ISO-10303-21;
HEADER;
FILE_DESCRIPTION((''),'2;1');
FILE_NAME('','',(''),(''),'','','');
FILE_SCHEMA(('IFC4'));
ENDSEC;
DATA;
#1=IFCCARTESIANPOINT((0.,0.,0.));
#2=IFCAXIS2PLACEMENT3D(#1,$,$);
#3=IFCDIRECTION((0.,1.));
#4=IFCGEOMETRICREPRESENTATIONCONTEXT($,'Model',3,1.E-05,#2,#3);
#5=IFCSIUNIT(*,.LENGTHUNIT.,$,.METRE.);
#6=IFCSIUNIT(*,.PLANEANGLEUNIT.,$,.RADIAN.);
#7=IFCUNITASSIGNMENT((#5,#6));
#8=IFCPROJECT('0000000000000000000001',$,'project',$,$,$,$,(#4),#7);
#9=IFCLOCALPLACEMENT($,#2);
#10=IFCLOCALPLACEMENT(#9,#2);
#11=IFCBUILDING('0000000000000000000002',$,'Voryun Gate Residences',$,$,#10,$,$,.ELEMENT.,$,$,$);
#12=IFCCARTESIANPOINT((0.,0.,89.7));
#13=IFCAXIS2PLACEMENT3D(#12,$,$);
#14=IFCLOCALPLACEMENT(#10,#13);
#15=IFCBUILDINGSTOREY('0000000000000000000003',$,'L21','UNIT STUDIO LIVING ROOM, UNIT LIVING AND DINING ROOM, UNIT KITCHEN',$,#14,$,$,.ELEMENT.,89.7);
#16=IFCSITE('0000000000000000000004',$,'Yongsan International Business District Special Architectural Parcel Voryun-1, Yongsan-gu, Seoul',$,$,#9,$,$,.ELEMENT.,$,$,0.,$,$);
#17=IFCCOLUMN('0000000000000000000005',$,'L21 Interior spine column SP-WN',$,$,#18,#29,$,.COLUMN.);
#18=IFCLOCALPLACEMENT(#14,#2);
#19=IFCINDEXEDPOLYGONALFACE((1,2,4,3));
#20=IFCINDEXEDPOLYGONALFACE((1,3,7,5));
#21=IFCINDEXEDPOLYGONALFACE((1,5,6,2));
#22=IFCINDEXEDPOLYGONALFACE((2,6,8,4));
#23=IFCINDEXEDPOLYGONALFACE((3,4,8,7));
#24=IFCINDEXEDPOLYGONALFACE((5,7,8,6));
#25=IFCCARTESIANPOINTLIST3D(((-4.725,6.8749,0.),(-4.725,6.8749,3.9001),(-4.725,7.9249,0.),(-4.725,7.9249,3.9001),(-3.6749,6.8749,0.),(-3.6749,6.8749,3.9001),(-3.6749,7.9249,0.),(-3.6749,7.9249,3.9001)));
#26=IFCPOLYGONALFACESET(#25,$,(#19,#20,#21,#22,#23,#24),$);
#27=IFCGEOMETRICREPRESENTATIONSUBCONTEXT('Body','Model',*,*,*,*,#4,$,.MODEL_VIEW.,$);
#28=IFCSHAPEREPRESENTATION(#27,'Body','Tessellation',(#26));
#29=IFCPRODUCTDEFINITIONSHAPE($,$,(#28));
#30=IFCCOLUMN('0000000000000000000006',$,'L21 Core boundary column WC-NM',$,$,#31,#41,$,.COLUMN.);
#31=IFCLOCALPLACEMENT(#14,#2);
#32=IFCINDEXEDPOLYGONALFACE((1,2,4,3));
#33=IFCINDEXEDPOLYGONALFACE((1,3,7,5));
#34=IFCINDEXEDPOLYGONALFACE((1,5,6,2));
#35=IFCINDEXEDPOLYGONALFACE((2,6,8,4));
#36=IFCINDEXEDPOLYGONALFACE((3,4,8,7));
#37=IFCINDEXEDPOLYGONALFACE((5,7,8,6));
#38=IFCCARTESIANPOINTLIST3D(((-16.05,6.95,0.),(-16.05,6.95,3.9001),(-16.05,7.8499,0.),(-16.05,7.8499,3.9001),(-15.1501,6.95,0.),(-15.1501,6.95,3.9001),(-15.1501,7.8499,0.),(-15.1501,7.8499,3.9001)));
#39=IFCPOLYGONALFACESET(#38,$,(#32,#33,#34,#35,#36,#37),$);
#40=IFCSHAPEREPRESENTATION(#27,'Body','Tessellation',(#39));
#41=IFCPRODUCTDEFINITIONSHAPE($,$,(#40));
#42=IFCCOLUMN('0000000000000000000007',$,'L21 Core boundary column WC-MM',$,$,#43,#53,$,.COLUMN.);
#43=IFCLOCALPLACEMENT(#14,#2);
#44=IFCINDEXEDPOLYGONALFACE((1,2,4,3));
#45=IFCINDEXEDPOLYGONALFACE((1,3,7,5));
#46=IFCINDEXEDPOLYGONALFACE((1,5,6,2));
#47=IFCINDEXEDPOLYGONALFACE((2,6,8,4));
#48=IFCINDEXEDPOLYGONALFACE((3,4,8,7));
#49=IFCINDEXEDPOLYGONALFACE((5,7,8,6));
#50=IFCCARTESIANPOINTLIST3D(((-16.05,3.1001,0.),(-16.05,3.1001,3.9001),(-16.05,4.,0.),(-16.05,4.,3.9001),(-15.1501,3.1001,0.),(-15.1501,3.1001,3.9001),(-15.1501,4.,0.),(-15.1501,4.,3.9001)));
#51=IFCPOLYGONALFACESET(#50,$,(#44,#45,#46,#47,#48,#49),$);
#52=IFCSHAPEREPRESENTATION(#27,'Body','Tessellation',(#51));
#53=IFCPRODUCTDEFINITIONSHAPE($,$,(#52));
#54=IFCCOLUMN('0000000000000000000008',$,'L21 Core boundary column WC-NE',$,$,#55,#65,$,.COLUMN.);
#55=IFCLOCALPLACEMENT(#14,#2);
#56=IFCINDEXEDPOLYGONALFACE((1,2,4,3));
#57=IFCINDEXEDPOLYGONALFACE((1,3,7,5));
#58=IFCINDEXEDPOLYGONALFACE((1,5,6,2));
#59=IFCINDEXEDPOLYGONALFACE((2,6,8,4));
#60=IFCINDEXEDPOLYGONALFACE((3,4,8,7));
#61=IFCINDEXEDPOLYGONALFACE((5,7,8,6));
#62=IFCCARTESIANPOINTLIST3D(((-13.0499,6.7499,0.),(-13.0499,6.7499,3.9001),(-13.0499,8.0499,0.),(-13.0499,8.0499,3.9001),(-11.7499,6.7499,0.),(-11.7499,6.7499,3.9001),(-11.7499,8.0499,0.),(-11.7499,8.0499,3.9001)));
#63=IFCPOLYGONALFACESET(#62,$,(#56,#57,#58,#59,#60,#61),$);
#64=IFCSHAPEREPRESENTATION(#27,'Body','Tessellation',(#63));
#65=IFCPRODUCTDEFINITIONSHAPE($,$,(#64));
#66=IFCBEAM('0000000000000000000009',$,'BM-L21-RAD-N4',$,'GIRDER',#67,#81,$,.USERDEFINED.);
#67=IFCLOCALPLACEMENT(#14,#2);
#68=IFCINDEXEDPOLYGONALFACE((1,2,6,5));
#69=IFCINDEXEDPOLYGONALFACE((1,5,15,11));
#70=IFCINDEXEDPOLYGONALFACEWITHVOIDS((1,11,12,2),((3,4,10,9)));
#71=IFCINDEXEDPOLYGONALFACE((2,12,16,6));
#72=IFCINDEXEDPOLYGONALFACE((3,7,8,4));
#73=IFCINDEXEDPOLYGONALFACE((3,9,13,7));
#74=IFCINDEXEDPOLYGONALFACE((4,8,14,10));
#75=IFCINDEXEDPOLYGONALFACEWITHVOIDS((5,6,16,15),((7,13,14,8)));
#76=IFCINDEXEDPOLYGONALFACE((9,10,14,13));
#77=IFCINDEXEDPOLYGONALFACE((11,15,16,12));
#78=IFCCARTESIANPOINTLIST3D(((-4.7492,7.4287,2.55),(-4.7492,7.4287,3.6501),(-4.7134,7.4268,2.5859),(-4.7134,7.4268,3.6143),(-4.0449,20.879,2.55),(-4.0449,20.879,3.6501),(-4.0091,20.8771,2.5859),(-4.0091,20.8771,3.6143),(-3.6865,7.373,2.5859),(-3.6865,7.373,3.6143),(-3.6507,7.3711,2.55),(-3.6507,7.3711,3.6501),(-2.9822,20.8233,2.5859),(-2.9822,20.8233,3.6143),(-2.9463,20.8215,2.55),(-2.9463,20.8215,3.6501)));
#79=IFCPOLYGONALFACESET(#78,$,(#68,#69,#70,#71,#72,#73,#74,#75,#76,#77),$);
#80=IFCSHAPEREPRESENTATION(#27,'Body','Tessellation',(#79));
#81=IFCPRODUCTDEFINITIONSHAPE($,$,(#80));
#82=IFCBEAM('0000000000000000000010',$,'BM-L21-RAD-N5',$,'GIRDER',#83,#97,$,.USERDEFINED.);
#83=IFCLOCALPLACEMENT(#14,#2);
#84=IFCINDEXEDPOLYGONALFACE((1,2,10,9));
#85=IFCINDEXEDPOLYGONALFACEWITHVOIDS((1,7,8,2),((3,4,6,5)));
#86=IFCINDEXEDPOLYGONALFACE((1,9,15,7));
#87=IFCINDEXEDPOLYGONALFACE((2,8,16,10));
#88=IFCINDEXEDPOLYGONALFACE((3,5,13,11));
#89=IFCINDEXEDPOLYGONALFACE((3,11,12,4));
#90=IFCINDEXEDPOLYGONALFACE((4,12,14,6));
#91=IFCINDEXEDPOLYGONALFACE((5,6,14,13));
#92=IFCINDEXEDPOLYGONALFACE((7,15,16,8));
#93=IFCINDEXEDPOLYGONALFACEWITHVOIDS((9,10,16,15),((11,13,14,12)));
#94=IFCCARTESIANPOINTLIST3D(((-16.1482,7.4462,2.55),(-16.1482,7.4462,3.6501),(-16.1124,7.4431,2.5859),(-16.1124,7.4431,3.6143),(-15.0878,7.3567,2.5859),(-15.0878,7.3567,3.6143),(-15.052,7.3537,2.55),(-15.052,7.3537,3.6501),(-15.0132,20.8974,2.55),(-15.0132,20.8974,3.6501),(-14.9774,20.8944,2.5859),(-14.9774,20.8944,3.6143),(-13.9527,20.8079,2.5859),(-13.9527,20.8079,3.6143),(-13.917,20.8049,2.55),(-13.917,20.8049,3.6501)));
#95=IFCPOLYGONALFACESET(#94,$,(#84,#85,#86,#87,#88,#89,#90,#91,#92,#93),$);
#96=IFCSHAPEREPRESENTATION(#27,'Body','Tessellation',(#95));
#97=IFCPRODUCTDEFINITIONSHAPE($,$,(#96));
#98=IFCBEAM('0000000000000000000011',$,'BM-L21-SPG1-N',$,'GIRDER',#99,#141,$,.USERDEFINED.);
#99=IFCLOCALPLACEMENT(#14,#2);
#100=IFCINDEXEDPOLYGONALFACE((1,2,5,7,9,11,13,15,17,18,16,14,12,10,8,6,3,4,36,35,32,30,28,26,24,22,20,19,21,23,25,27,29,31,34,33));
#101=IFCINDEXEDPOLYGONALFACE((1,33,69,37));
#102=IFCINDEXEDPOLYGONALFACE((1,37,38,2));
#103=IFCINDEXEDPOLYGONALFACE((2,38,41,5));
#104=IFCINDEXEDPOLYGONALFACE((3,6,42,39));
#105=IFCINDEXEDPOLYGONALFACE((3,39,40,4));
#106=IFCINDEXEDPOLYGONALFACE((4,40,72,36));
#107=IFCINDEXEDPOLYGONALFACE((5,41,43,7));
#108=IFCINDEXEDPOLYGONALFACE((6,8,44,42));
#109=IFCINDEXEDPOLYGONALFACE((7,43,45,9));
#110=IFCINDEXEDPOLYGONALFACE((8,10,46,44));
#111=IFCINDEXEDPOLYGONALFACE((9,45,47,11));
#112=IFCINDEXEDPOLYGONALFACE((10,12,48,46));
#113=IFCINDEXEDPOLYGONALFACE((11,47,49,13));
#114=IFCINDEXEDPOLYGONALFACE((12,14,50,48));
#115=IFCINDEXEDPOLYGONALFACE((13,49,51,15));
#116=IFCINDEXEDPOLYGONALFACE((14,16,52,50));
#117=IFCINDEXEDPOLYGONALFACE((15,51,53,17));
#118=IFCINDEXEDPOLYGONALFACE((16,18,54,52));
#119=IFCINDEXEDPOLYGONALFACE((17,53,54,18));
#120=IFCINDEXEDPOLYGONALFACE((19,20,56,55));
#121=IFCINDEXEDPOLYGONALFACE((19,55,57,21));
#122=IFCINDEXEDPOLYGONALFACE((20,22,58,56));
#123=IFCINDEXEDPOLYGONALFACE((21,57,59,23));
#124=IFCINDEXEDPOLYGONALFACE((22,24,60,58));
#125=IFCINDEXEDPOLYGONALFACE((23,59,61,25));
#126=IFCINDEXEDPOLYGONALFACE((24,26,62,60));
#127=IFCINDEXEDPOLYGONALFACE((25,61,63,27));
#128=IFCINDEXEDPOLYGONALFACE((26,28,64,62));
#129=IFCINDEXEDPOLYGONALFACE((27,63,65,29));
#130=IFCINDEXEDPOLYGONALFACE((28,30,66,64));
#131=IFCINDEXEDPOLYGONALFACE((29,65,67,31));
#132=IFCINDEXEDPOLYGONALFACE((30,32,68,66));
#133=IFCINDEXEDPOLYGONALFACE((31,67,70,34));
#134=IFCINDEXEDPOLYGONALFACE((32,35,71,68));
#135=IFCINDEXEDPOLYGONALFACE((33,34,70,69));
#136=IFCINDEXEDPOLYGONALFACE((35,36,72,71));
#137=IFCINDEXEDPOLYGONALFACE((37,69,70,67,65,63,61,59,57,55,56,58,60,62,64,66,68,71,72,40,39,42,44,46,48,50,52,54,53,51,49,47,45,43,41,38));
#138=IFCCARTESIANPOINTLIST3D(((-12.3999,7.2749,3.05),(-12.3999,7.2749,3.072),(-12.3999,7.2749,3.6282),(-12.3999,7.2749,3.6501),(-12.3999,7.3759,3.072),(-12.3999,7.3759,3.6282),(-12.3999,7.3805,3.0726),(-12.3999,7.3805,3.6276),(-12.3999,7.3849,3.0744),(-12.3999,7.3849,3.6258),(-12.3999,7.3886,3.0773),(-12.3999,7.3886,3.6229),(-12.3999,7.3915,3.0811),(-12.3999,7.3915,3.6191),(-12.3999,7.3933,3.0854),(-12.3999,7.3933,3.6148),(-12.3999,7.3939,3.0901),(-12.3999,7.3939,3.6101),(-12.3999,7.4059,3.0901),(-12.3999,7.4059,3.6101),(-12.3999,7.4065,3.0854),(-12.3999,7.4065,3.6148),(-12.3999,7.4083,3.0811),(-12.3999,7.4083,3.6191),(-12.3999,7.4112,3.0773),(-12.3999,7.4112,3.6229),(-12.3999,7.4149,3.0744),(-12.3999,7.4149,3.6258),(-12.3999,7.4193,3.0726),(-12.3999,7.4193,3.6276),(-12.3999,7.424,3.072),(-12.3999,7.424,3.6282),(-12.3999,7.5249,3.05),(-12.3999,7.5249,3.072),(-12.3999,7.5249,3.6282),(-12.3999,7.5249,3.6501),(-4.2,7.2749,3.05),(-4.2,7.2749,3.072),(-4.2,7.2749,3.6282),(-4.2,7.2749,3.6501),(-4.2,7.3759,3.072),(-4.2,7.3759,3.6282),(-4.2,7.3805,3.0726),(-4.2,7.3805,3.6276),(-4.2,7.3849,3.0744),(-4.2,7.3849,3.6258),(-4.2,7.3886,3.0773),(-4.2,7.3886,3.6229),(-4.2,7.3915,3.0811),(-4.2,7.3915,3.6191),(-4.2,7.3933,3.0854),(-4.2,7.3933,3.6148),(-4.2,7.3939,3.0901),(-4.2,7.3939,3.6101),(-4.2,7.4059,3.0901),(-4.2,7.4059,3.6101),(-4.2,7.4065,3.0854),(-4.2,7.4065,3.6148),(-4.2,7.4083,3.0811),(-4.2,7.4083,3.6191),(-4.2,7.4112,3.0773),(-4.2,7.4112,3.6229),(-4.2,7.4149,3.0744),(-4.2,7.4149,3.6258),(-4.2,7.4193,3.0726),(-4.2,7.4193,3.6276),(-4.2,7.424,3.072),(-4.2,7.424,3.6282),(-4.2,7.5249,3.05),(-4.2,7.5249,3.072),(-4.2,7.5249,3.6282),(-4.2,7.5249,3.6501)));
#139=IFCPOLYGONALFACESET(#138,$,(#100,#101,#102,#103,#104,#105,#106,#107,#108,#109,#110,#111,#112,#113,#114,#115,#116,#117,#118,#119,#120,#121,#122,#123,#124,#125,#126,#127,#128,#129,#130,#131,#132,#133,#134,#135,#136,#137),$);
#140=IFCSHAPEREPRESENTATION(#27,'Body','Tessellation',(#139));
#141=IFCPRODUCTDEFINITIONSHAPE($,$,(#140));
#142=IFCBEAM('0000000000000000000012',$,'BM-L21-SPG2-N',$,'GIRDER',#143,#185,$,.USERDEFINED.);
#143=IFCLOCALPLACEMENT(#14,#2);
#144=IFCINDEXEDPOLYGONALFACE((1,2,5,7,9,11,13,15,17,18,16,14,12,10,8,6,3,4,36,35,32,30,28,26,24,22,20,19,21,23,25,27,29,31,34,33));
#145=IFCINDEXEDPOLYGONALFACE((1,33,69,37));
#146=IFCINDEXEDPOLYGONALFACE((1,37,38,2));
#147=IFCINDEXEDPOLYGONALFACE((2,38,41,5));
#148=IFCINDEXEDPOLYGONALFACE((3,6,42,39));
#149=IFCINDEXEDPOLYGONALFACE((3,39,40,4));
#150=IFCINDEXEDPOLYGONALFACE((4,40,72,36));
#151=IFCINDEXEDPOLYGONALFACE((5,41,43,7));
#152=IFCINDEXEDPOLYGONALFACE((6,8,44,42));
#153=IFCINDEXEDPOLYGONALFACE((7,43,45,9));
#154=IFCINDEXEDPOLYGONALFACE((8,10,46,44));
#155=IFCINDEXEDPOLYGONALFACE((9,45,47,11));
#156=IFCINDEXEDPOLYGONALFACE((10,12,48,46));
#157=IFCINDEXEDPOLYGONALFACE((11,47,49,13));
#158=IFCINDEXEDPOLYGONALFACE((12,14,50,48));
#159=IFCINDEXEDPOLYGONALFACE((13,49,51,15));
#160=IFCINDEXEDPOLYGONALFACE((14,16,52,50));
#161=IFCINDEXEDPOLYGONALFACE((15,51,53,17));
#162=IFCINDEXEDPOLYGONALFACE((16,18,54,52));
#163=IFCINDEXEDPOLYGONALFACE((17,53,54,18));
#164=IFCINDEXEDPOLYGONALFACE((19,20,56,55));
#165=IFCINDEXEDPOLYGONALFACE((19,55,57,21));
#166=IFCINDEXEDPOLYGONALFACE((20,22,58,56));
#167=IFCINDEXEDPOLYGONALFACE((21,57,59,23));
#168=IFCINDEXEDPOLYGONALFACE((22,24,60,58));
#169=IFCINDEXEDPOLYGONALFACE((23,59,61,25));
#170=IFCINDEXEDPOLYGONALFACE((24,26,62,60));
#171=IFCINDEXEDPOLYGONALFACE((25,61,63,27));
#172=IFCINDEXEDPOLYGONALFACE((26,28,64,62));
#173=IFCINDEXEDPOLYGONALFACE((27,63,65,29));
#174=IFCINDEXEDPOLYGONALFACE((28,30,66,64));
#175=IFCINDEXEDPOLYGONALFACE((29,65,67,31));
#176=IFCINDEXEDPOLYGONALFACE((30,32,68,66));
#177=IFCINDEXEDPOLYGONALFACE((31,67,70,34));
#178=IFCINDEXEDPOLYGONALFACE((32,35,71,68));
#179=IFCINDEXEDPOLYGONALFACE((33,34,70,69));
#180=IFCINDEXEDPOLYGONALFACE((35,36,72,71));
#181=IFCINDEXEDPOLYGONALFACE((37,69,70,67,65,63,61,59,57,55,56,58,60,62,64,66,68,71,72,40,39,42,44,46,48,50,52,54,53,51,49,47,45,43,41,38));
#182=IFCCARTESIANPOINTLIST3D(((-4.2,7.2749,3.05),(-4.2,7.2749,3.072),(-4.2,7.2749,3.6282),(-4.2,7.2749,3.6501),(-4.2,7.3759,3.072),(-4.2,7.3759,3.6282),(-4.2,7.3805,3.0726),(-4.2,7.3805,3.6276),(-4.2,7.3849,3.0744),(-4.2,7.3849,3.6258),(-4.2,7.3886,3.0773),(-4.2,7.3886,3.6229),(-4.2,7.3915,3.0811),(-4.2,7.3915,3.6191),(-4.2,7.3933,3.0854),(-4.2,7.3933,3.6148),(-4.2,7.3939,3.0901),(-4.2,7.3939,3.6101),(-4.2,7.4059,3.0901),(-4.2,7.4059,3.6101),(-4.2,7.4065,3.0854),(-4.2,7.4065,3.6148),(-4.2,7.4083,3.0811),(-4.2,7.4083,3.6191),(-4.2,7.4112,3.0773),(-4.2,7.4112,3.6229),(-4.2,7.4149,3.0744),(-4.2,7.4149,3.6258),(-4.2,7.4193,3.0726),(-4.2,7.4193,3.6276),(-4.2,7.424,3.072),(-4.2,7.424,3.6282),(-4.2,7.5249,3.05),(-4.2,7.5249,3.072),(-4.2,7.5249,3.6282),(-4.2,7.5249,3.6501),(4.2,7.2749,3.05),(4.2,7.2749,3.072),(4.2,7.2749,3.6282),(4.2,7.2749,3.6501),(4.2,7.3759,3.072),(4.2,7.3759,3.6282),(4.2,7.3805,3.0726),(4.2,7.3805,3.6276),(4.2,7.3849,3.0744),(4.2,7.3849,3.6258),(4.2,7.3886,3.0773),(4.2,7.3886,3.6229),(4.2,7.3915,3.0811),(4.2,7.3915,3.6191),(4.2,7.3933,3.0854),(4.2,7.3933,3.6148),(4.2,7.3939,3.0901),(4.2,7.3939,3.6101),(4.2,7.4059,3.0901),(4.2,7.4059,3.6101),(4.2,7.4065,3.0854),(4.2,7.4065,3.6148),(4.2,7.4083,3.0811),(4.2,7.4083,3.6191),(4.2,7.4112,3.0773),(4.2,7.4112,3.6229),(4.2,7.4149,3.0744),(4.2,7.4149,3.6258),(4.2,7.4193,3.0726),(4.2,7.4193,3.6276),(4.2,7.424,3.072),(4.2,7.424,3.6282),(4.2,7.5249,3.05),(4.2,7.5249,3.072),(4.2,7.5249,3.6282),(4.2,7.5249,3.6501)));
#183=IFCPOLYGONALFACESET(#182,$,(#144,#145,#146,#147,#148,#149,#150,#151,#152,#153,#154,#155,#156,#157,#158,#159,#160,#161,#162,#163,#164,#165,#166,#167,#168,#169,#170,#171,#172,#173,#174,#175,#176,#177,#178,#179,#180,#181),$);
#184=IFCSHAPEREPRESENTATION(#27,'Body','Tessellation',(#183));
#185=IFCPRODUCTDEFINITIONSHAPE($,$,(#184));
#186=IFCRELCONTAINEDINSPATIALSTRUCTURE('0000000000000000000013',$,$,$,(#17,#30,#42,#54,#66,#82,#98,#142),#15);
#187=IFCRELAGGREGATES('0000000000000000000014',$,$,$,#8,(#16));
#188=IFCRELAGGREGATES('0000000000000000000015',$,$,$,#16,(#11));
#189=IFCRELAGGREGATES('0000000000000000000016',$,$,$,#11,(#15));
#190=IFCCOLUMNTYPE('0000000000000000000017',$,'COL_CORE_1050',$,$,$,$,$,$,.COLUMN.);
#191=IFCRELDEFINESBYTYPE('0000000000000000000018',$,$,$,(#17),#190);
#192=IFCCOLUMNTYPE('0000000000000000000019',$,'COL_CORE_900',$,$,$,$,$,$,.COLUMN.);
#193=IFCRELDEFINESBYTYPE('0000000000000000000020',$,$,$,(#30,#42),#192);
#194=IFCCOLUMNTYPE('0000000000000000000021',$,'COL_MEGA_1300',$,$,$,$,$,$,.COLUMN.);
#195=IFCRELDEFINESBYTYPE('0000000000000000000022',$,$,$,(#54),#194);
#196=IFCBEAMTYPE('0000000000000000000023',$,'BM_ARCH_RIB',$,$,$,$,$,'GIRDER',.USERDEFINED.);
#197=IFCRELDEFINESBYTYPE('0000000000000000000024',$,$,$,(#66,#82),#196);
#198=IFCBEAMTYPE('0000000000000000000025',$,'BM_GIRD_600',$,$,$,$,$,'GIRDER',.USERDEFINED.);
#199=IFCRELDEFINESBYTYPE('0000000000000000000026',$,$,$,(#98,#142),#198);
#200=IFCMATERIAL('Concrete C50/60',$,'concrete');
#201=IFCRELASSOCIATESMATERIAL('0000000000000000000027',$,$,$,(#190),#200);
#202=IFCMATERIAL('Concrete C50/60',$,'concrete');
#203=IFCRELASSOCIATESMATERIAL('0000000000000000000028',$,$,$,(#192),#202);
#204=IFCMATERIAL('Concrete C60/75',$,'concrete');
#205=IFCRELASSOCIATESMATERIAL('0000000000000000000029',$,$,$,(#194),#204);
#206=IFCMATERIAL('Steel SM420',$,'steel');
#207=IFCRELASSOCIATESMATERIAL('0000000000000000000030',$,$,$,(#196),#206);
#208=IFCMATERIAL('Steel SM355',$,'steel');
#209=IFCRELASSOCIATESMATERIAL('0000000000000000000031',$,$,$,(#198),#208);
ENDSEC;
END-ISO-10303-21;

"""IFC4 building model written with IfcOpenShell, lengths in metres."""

from ifc_helpers import new_model, si_unit, direction, frame, origin, origin_2d, place, context, subcontext, project, spatial, rectangle, hollow_rectangle, i_section, extrude, material, material_profile, profile_set, type_object, element, save


model = new_model("IFC4")

# Units and contexts
model_context = context("Model", 3, precision=1e-05, world=origin(), true_north=direction((0.0, 1.0)))
body_context = subcontext(model_context, "Body", "Model", "MODEL_VIEW")
ifc_project = project(units=[si_unit("LENGTHUNIT", "METRE"), si_unit("PLANEANGLEUNIT", "RADIAN")], contexts=[model_context])

# Site, building, storey
site_placement = place(None, origin())
site = spatial("IfcSite", under=ifc_project, at=site_placement, Name="Yongsan International Business District Special Architectural Parcel Voryun-1, Yongsan-gu, Seoul", CompositionType="ELEMENT", RefElevation=0.0)
building_placement = place(site_placement, origin())
building = spatial("IfcBuilding", under=site, at=building_placement, Name="Voryun Gate Residences", CompositionType="ELEMENT")
storey_placement = place(building_placement, frame((0.0, 0.0, 89.7)))
storey = spatial("IfcBuildingStorey", under=building, at=storey_placement, Name="L21", Description="UNIT STUDIO LIVING ROOM, UNIT LIVING AND DINING ROOM, UNIT KITCHEN", CompositionType="ELEMENT", Elevation=89.7)

# Columns
ifc_material_1 = material(Name="Concrete C50/60", Category="concrete")
ifc_material_profile_1 = material_profile(ifc_material_1, rectangle(XDim=1.05, YDim=1.05, at=origin_2d()), Name="RC-1050x1050")
ifc_profile_set_1 = profile_set([ifc_material_profile_1], Name="Concrete C50/60")
column_type_1 = type_object("IfcColumnType", Name="COL_CORE_1050", PredefinedType="COLUMN", material=ifc_profile_set_1)
column_1_placement = place(storey_placement, frame((-4.2, 7.3999, 0.0), z_axis=(0.0, 0.0, 1.0), x_axis=(1.0, 0.0, 0.0)))
element("IfcColumn", 1, at=column_1_placement, inside=storey, type_object=column_type_1, Name="L21 Interior spine column SP-WN", PredefinedType="COLUMN", context=body_context, shape_type="SweptSolid", body=[
    extrude(rectangle(XDim=1.05, YDim=1.05, at=origin_2d()), origin(), (0.0, 0.0, 1.0), 3.9001),
])
ifc_material_2 = material(Name="Concrete C50/60", Category="concrete")
ifc_material_profile_2 = material_profile(ifc_material_2, rectangle(XDim=0.8999, YDim=0.8999, at=origin_2d()), Name="RC-900x900")
ifc_profile_set_2 = profile_set([ifc_material_profile_2], Name="Concrete C50/60")
column_type_2 = type_object("IfcColumnType", Name="COL_CORE_900", PredefinedType="COLUMN", material=ifc_profile_set_2)
for number, where, z_axis, x_axis, name in (
    (2, (-15.6001, 7.3999, 0.0), (0.0, 0.0, 1.0), (1.0, 0.0, 0.0), "L21 Core boundary column WC-NM"),
    (3, (-15.6001, 3.55, 0.0), (0.0, 0.0, 1.0), (1.0, 0.0, 0.0), "L21 Core boundary column WC-MM"),
):
    element("IfcColumn", number, at=place(storey_placement, frame(where, z_axis=z_axis, x_axis=x_axis)), inside=storey, type_object=column_type_2, Name=name, PredefinedType="COLUMN", context=body_context, shape_type="SweptSolid", body=[
        extrude(rectangle(XDim=0.8999, YDim=0.8999, at=origin_2d()), origin(), (0.0, 0.0, 1.0), 3.9001),
    ])
ifc_material_3 = material(Name="Concrete C60/75", Category="concrete")
ifc_material_profile_3 = material_profile(ifc_material_3, rectangle(XDim=1.3, YDim=1.3, at=origin_2d()), Name="RC-1300x1300")
ifc_profile_set_3 = profile_set([ifc_material_profile_3], Name="Concrete C60/75")
column_type_3 = type_object("IfcColumnType", Name="COL_MEGA_1300", PredefinedType="COLUMN", material=ifc_profile_set_3)
column_2_placement = place(storey_placement, frame((-12.3999, 7.3999, 0.0), z_axis=(0.0, 0.0, 1.0), x_axis=(1.0, 0.0, 0.0)))
element("IfcColumn", 4, at=column_2_placement, inside=storey, type_object=column_type_3, Name="L21 Core boundary column WC-NE", PredefinedType="COLUMN", context=body_context, shape_type="SweptSolid", body=[
    extrude(rectangle(XDim=1.3, YDim=1.3, at=origin_2d()), origin(), (0.0, 0.0, 1.0), 3.9001),
])

# Beams
ifc_material_4 = material(Name="Steel SM420", Category="steel")
ifc_material_profile_4 = material_profile(ifc_material_4, hollow_rectangle(XDim=1.1001, YDim=1.1001, WallThickness=0.0359, at=origin_2d()), Name="BOX-1100x1100x36")
ifc_profile_set_4 = profile_set([ifc_material_profile_4], Name="Steel SM420")
beam_type_1 = type_object("IfcBeamType", Name="BM_ARCH_RIB", ElementType="GIRDER", PredefinedType="USERDEFINED", material=ifc_profile_set_4)
beam_1_placement = place(storey_placement, frame((-4.2, 7.3999, 3.1001), z_axis=(0.052294, 0.998632, 0.0), x_axis=(-0.998632, 0.052294, 0.0)))
element("IfcBeam", 5, at=beam_1_placement, inside=storey, type_object=beam_type_1, Name="BM-L21-RAD-N4", ObjectType="GIRDER", PredefinedType="USERDEFINED", context=body_context, shape_type="SweptSolid", body=[
    extrude(hollow_rectangle(XDim=1.1001, YDim=1.1001, WallThickness=0.0359, at=origin_2d()), origin(), (0.0, 0.0, 1.0), 13.4688),
])
beam_2_placement = place(storey_placement, frame((-15.6001, 7.3999, 3.1001), z_axis=(0.084081, 0.996459, 0.0), x_axis=(-0.996459, 0.084081, 0.0)))
element("IfcBeam", 6, at=beam_2_placement, inside=storey, type_object=beam_type_1, Name="BM-L21-RAD-N5", ObjectType="GIRDER", PredefinedType="USERDEFINED", context=body_context, shape_type="SweptSolid", body=[
    extrude(hollow_rectangle(XDim=1.1001, YDim=1.1001, WallThickness=0.0359, at=origin_2d()), origin(), (0.0, 0.0, 1.0), 13.499),
])
ifc_material_5 = material(Name="Steel SM355", Category="steel")
ifc_material_profile_5 = material_profile(ifc_material_5, i_section(OverallWidth=0.25, OverallDepth=0.6001, WebThickness=0.012, FlangeThickness=0.022, FilletRadius=0.0181, at=origin_2d()), Name="H-600x250x12x22")
ifc_profile_set_5 = profile_set([ifc_material_profile_5], Name="Steel SM355")
beam_type_2 = type_object("IfcBeamType", Name="BM_GIRD_600", ElementType="GIRDER", PredefinedType="USERDEFINED", material=ifc_profile_set_5)
beam_3_placement = place(storey_placement, frame((-12.3999, 7.3999, 3.3501), z_axis=(1.0, 0.0, 0.0), x_axis=(0.0, 1.0, 0.0)))
element("IfcBeam", 7, at=beam_3_placement, inside=storey, type_object=beam_type_2, Name="BM-L21-SPG1-N", ObjectType="GIRDER", PredefinedType="USERDEFINED", context=body_context, shape_type="SweptSolid", body=[
    extrude(i_section(OverallWidth=0.25, OverallDepth=0.6001, WebThickness=0.012, FlangeThickness=0.022, FilletRadius=0.0181, at=origin_2d()), origin(), (0.0, 0.0, 1.0), 8.2),
])
beam_4_placement = place(storey_placement, frame((-4.2, 7.3999, 3.3501), z_axis=(1.0, 0.0, 0.0), x_axis=(0.0, 1.0, 0.0)))
element("IfcBeam", 8, at=beam_4_placement, inside=storey, type_object=beam_type_2, Name="BM-L21-SPG2-N", ObjectType="GIRDER", PredefinedType="USERDEFINED", context=body_context, shape_type="SweptSolid", body=[
    extrude(i_section(OverallWidth=0.25, OverallDepth=0.6001, WebThickness=0.012, FlangeThickness=0.022, FilletRadius=0.0181, at=origin_2d()), origin(), (0.0, 0.0, 1.0), 8.3999),
])

save(model, "model.ifc")
